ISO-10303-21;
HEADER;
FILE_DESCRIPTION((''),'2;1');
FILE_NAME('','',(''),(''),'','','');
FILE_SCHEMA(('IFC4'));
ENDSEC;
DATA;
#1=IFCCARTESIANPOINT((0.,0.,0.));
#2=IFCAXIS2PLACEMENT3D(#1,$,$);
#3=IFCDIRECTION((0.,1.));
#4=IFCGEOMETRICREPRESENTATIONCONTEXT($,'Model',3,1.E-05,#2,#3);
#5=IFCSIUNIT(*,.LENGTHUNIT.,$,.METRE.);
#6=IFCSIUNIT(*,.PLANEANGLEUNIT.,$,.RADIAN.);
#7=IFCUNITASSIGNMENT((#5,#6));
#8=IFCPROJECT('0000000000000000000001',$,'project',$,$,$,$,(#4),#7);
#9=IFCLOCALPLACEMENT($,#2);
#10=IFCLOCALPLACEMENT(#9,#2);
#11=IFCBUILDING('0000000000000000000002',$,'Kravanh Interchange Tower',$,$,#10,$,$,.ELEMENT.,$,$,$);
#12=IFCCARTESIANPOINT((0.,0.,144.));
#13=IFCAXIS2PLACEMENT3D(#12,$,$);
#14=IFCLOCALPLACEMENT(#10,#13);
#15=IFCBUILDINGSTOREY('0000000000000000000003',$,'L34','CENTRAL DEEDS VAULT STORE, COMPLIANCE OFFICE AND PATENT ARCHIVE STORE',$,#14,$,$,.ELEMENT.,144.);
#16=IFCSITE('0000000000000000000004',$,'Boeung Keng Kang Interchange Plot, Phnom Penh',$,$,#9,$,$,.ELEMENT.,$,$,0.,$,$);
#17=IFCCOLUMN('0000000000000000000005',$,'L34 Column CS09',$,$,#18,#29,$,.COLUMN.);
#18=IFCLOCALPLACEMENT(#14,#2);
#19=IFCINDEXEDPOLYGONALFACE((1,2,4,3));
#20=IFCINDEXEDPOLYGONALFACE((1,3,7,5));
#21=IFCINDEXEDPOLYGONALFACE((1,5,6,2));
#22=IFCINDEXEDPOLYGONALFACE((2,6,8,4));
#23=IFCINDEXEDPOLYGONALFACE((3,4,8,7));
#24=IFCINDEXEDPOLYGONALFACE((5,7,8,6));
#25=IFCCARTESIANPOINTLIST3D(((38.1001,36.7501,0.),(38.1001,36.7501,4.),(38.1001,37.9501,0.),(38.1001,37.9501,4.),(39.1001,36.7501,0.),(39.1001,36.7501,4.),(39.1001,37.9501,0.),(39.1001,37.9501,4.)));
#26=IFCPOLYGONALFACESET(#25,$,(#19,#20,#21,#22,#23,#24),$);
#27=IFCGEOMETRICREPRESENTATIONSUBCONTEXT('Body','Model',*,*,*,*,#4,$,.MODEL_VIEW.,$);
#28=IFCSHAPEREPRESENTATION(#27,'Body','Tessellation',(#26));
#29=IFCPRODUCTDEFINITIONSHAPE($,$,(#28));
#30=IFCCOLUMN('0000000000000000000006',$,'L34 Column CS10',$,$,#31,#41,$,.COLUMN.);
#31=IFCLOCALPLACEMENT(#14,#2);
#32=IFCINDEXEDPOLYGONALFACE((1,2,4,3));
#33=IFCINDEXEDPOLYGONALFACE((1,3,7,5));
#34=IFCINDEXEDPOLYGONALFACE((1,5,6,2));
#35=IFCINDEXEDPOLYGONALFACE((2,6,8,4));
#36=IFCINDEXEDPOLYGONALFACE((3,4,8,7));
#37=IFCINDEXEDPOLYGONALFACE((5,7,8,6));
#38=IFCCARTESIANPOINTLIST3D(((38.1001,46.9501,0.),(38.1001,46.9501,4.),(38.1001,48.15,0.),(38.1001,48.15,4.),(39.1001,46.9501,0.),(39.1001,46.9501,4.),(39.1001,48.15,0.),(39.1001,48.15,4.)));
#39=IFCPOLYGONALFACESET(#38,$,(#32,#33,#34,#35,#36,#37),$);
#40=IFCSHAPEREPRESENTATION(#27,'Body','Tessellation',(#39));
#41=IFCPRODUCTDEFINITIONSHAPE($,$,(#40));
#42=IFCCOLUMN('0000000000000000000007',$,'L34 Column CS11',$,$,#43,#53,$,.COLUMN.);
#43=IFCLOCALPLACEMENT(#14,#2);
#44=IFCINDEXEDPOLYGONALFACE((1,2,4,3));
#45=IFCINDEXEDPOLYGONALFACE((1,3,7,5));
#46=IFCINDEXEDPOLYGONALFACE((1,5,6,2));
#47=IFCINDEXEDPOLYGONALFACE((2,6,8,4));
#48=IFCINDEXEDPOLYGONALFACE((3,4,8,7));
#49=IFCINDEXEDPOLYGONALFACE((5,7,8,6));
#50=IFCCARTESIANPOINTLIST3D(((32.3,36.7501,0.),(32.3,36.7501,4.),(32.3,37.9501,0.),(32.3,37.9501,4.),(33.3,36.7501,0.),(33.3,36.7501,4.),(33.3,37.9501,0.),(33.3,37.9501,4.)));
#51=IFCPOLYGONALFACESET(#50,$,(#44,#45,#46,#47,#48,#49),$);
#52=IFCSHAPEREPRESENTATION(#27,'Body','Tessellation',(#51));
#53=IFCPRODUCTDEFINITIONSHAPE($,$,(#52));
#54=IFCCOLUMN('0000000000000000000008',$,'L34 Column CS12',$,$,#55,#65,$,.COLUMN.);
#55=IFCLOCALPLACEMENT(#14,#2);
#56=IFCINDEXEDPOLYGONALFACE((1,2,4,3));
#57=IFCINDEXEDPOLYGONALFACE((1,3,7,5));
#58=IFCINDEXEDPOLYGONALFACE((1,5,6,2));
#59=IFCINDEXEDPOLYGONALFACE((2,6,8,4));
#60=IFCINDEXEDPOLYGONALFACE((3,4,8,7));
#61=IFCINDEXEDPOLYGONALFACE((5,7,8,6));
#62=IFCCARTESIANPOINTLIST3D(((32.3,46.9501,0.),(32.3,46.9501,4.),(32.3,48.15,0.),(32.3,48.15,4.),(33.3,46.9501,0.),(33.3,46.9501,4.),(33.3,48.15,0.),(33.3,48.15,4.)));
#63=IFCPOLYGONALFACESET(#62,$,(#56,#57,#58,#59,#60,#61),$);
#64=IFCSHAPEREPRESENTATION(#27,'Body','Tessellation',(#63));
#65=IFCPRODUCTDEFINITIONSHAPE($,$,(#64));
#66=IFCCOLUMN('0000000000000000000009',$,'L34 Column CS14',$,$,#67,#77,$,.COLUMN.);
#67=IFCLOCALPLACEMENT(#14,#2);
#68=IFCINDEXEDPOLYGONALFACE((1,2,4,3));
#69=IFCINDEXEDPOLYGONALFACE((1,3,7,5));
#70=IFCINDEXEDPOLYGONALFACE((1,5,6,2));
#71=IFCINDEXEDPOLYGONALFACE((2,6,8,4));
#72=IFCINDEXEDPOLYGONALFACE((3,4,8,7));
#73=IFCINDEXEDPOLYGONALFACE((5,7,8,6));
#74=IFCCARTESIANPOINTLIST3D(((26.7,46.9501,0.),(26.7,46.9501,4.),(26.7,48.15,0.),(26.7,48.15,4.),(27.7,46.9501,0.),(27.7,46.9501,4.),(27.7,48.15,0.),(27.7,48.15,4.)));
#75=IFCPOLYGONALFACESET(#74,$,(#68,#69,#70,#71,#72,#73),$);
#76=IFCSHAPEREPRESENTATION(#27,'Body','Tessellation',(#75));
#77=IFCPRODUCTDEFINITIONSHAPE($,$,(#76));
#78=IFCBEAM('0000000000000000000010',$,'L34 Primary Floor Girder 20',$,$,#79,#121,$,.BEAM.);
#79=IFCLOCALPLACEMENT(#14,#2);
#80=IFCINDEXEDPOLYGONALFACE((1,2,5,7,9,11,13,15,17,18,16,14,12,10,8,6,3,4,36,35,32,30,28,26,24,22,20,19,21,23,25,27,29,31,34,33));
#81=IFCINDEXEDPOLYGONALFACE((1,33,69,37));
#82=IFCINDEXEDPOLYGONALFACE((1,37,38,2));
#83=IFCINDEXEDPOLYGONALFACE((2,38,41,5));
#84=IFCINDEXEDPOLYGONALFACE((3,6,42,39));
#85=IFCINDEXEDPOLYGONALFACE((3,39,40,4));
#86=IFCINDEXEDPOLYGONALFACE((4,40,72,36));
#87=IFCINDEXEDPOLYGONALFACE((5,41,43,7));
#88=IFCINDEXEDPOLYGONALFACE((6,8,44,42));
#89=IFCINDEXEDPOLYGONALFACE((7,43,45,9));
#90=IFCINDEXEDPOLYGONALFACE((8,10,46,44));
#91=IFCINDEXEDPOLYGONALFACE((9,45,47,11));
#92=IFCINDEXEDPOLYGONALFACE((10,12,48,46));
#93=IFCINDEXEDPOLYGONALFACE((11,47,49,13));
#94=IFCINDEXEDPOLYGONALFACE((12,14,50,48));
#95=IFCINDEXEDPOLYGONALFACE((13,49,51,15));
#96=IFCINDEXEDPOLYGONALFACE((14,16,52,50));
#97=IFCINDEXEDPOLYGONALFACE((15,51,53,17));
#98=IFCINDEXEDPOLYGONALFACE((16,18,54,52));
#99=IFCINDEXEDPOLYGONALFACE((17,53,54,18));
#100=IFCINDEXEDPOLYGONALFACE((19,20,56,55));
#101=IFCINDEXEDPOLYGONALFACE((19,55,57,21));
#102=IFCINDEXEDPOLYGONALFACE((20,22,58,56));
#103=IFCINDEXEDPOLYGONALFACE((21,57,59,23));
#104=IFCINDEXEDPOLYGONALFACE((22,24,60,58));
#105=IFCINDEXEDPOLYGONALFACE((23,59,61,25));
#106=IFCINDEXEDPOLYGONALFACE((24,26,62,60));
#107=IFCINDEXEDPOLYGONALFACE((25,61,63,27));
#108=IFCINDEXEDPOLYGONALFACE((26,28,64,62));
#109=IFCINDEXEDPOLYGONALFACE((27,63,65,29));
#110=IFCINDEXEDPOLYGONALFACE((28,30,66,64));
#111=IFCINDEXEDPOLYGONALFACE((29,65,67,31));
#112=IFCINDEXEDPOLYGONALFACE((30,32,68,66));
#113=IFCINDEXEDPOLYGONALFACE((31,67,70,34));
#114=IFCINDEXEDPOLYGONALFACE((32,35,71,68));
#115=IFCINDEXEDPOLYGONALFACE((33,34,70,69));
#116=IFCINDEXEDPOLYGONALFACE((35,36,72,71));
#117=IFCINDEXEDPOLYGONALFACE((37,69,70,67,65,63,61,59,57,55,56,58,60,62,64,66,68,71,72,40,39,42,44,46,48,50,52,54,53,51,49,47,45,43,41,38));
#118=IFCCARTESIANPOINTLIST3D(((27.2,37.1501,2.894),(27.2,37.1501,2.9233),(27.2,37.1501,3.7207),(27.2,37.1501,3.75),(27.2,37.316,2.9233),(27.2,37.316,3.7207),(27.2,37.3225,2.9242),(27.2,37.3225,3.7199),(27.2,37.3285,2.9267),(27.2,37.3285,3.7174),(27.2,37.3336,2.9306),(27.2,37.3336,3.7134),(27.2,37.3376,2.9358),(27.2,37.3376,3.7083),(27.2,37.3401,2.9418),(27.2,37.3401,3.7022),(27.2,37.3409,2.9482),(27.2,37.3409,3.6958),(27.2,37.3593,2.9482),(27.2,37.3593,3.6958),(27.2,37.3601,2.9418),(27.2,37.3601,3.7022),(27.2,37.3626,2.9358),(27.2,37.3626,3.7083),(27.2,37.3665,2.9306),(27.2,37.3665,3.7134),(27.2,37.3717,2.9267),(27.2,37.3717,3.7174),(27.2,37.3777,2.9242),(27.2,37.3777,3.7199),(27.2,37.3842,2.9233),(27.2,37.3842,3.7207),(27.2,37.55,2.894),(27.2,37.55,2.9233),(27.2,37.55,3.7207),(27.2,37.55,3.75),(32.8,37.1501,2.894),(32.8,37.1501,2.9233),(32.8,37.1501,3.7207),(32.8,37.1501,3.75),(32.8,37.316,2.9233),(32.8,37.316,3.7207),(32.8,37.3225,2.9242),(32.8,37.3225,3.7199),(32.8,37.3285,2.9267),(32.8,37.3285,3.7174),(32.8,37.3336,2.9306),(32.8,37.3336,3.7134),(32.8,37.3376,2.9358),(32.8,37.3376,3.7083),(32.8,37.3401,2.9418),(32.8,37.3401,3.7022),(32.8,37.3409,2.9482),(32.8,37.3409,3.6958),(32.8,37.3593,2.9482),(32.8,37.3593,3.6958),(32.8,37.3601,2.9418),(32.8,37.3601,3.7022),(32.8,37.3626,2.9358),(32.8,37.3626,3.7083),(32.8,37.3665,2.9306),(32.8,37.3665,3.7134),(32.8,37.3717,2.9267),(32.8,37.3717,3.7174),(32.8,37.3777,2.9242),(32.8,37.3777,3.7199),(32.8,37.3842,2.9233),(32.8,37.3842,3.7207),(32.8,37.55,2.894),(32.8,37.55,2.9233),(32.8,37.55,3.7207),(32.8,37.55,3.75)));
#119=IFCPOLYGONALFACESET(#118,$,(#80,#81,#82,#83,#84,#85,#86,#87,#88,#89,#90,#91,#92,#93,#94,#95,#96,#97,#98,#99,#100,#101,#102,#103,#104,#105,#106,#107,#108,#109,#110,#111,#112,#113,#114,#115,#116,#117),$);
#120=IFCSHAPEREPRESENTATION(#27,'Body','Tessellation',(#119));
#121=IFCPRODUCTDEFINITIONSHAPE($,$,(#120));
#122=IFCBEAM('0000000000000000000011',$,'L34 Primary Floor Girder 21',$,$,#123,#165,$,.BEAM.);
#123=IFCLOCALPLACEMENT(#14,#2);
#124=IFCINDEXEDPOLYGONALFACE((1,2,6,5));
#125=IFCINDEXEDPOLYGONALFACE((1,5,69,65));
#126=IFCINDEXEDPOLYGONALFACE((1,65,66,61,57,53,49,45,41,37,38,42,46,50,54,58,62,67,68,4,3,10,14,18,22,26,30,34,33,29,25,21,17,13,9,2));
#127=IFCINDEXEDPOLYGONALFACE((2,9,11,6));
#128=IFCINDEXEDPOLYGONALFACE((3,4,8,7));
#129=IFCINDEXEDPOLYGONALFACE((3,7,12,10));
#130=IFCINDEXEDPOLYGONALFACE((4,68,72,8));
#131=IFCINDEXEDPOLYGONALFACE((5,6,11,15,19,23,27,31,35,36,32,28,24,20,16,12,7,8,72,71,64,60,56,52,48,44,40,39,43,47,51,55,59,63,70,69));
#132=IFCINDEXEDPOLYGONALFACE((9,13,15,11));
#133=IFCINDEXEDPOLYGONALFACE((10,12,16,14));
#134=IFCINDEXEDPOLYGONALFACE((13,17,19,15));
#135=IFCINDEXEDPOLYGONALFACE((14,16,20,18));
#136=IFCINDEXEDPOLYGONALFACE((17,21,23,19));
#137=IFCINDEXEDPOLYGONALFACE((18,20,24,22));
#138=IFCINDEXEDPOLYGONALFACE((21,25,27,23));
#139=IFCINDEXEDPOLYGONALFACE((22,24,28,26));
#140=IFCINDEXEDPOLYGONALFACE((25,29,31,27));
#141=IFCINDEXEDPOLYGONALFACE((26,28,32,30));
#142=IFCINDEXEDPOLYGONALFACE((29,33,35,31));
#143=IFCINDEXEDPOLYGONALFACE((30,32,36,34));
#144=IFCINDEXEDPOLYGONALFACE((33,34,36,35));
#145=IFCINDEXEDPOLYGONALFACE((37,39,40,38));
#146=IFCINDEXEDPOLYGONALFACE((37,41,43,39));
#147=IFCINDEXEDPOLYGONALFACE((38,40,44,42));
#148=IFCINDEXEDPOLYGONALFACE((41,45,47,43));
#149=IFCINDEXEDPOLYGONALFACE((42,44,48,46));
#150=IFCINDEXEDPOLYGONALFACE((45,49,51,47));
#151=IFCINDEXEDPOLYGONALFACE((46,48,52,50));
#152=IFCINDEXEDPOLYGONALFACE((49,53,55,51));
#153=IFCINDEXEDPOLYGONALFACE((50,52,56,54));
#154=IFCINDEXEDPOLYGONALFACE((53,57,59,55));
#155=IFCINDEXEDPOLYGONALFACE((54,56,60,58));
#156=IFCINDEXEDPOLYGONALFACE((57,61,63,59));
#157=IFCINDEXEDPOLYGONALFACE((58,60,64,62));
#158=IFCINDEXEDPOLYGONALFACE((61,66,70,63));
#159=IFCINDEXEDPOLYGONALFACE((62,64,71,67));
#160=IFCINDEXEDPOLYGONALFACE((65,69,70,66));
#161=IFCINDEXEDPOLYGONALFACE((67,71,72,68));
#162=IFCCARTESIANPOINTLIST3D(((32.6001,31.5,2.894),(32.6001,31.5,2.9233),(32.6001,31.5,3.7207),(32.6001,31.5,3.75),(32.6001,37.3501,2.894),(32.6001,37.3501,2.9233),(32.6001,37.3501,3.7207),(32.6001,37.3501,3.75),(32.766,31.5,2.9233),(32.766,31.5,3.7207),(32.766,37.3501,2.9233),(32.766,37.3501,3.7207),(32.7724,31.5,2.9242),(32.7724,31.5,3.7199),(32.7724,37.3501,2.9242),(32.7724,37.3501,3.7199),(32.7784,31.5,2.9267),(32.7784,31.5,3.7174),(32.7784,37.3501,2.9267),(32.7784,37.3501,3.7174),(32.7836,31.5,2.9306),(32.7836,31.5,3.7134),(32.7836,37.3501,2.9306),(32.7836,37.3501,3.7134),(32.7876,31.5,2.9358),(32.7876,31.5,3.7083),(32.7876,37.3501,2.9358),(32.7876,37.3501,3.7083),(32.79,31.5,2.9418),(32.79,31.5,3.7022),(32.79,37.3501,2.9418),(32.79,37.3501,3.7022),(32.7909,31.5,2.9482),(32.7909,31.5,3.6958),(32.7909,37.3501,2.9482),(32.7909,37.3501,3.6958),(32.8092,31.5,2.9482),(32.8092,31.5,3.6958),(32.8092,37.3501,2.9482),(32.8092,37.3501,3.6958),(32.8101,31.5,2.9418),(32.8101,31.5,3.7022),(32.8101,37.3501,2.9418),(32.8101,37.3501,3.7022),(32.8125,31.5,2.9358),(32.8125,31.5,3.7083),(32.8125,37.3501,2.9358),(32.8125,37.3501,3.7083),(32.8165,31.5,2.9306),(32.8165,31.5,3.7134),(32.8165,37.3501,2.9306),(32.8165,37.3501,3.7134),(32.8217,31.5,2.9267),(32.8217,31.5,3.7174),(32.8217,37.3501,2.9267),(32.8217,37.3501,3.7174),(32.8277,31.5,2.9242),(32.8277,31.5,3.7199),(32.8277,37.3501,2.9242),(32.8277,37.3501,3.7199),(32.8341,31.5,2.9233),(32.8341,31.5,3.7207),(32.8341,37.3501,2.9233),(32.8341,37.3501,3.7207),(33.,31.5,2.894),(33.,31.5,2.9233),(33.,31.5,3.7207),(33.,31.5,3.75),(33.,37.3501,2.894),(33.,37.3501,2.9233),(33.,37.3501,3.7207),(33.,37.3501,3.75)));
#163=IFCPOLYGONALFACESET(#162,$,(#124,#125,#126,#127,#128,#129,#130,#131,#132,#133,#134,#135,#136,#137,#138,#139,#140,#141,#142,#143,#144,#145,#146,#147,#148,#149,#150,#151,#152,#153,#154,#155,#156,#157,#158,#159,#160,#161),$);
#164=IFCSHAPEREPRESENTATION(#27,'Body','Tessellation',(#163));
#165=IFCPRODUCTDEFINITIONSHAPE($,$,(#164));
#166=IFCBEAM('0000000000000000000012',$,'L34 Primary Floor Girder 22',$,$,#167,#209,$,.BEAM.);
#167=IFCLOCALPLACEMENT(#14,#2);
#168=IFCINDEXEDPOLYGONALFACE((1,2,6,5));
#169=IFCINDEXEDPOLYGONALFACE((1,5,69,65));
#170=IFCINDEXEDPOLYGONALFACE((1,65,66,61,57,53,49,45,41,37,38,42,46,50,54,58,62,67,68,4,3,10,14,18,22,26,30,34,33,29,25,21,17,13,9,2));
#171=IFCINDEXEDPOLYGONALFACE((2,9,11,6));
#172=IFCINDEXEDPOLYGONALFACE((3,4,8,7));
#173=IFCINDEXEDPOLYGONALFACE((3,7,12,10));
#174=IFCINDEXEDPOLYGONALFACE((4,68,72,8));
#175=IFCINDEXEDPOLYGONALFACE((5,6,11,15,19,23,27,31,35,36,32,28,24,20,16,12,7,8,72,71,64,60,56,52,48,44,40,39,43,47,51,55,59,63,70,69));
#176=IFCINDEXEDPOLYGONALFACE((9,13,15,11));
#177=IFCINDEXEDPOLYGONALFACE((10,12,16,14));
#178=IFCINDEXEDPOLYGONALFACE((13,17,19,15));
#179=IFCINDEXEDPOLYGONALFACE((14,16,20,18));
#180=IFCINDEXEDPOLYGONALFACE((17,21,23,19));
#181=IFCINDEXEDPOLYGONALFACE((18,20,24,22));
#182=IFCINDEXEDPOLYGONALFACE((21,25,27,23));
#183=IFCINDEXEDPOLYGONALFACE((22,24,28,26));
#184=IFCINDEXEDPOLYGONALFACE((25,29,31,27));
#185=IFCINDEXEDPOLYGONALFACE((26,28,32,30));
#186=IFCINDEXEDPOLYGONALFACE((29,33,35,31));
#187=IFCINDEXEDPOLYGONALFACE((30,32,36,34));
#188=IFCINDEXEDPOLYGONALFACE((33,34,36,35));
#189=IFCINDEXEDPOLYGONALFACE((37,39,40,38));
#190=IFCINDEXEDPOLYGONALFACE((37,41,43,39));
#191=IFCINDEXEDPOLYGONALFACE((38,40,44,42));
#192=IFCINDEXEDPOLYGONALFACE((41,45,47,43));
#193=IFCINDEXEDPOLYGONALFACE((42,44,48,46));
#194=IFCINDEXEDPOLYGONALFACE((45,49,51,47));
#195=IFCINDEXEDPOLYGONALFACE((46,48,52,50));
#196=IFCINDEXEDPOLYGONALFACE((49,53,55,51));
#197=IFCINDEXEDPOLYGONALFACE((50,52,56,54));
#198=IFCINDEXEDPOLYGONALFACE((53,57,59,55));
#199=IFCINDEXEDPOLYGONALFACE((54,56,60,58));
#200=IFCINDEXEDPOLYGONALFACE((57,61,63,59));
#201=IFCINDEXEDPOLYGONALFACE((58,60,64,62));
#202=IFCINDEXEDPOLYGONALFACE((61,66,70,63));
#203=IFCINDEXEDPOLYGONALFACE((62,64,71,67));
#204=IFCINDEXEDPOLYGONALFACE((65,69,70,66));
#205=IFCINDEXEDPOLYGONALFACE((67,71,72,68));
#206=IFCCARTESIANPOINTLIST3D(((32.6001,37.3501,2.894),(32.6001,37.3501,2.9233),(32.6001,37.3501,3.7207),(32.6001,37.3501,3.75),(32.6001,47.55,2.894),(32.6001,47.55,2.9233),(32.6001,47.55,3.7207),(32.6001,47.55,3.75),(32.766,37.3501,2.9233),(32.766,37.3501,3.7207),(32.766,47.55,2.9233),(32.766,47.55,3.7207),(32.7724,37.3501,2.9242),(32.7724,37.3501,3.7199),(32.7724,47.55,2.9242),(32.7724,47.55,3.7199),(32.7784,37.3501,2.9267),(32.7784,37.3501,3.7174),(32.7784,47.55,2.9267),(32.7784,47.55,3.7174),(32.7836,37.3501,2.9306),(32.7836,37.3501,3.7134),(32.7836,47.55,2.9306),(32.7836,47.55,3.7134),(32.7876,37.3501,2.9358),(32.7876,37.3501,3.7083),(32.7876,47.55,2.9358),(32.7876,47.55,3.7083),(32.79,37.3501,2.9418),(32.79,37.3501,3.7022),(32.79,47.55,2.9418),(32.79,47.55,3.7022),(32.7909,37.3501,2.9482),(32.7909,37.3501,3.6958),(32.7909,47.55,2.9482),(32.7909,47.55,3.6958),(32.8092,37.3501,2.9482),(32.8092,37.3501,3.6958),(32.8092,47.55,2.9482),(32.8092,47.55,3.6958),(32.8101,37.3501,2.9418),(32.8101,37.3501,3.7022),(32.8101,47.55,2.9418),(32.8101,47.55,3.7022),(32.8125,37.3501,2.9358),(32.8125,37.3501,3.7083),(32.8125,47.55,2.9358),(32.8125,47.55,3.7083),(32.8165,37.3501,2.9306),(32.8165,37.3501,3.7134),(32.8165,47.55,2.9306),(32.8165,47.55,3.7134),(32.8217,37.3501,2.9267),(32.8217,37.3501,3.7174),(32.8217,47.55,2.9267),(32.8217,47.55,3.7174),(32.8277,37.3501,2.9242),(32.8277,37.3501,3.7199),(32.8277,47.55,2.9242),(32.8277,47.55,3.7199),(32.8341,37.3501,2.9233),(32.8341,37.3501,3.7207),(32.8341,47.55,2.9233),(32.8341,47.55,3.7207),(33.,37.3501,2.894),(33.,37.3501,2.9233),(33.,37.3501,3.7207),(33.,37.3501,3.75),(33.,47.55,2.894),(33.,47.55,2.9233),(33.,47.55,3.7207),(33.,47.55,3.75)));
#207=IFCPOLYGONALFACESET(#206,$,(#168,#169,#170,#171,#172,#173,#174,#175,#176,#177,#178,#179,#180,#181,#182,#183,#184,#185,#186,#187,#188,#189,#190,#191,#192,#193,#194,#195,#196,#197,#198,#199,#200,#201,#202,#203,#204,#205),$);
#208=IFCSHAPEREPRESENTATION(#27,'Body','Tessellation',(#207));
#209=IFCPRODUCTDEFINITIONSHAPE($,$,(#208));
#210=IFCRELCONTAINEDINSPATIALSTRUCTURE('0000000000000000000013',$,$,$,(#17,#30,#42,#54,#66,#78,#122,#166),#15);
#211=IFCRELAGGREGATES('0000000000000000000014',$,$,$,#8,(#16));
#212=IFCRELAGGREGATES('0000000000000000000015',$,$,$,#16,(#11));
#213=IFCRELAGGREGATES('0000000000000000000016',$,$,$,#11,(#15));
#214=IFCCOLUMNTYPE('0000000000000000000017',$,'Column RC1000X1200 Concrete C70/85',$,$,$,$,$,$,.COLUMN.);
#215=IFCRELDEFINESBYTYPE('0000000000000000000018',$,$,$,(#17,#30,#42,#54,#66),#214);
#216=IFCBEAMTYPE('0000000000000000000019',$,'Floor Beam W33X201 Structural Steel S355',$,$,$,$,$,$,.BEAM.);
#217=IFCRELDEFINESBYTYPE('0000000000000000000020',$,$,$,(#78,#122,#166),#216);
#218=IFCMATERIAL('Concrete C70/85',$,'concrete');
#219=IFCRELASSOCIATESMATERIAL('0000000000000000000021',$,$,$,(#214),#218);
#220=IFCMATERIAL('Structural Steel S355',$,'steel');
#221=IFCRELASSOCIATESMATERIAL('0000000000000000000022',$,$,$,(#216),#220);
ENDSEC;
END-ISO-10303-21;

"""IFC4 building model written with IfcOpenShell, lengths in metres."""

from ifc_helpers import new_model, si_unit, direction, frame, origin, origin_2d, place, context, subcontext, project, spatial, rectangle, i_section, extrude, material, material_profile, profile_set, type_object, element, save


model = new_model("IFC4")

# Units and contexts
model_context = context("Model", 3, precision=1e-05, world=origin(), true_north=direction((0.0, 1.0)))
body_context = subcontext(model_context, "Body", "Model", "MODEL_VIEW")
ifc_project = project(units=[si_unit("LENGTHUNIT", "METRE"), si_unit("PLANEANGLEUNIT", "RADIAN")], contexts=[model_context])

# Site, building, storey
site_placement = place(None, origin())
site = spatial("IfcSite", under=ifc_project, at=site_placement, Name="Boeung Keng Kang Interchange Plot, Phnom Penh", CompositionType="ELEMENT", RefElevation=0.0)
building_placement = place(site_placement, origin())
building = spatial("IfcBuilding", under=site, at=building_placement, Name="Kravanh Interchange Tower", CompositionType="ELEMENT")
storey_placement = place(building_placement, frame((0.0, 0.0, 144.0)))
storey = spatial("IfcBuildingStorey", under=building, at=storey_placement, Name="L34", Description="CENTRAL DEEDS VAULT STORE, COMPLIANCE OFFICE AND PATENT ARCHIVE STORE", CompositionType="ELEMENT", Elevation=144.0)

# Columns
ifc_material_1 = material(Name="Concrete C70/85", Category="concrete")
ifc_material_profile_1 = material_profile(ifc_material_1, rectangle(XDim=1.0, YDim=1.2, at=origin_2d()), Name="RC1000X1200")
ifc_profile_set_1 = profile_set([ifc_material_profile_1], Name="Concrete C70/85")
column_type = type_object("IfcColumnType", Name="Column RC1000X1200 Concrete C70/85", PredefinedType="COLUMN", material=ifc_profile_set_1)
for number, where, z_axis, x_axis, name in (
    (1, (38.6001, 37.3501, 0.0), (0.0, 0.0, 1.0), (1.0, 0.0, 0.0), "L34 Column CS09"),
    (2, (38.6001, 47.55, 0.0), (0.0, 0.0, 1.0), (1.0, 0.0, 0.0), "L34 Column CS10"),
    (3, (32.8, 37.3501, 0.0), (0.0, 0.0, 1.0), (1.0, 0.0, 0.0), "L34 Column CS11"),
    (4, (32.8, 47.55, 0.0), (0.0, 0.0, 1.0), (1.0, 0.0, 0.0), "L34 Column CS12"),
    (5, (27.2, 47.55, 0.0), (0.0, 0.0, 1.0), (1.0, 0.0, 0.0), "L34 Column CS14"),
):
    element("IfcColumn", number, at=place(storey_placement, frame(where, z_axis=z_axis, x_axis=x_axis)), inside=storey, type_object=column_type, Name=name, PredefinedType="COLUMN", context=body_context, shape_type="SweptSolid", body=[
        extrude(rectangle(XDim=1.0, YDim=1.2, at=origin_2d()), origin(), (0.0, 0.0, 1.0), 4.0),
    ])

# Beams
ifc_material_2 = material(Name="Structural Steel S355", Category="steel")
ifc_material_profile_2 = material_profile(ifc_material_2, i_section(OverallWidth=0.3999, OverallDepth=0.856, WebThickness=0.0183, FlangeThickness=0.0293, FilletRadius=0.0249, at=origin_2d()), Name="W33X201")
ifc_profile_set_2 = profile_set([ifc_material_profile_2], Name="Structural Steel S355")
beam_type = type_object("IfcBeamType", Name="Floor Beam W33X201 Structural Steel S355", PredefinedType="BEAM", material=ifc_profile_set_2)
beam_1_placement = place(storey_placement, frame((32.8, 37.3501, 3.322), z_axis=(-1.0, 0.0, 0.0), x_axis=(0.0, -1.0, 0.0)))
element("IfcBeam", 6, at=beam_1_placement, inside=storey, type_object=beam_type, Name="L34 Primary Floor Girder 20", PredefinedType="BEAM", context=body_context, shape_type="SweptSolid", body=[
    extrude(i_section(OverallWidth=0.3999, OverallDepth=0.856, WebThickness=0.0183, FlangeThickness=0.0293, FilletRadius=0.0249, at=origin_2d()), origin(), (0.0, 0.0, 1.0), 5.6001),
])
beam_2_placement = place(storey_placement, frame((32.8, 37.3501, 3.322), z_axis=(0.0, -1.0, 0.0), x_axis=(1.0, 0.0, 0.0)))
element("IfcBeam", 7, at=beam_2_placement, inside=storey, type_object=beam_type, Name="L34 Primary Floor Girder 21", PredefinedType="BEAM", context=body_context, shape_type="SweptSolid", body=[
    extrude(i_section(OverallWidth=0.3999, OverallDepth=0.856, WebThickness=0.0183, FlangeThickness=0.0293, FilletRadius=0.0249, at=origin_2d()), origin(), (0.0, 0.0, 1.0), 5.8501),
])
beam_3_placement = place(storey_placement, frame((32.8, 37.3501, 3.322), z_axis=(0.0, 1.0, 0.0), x_axis=(-1.0, 0.0, 0.0)))
element("IfcBeam", 8, at=beam_3_placement, inside=storey, type_object=beam_type, Name="L34 Primary Floor Girder 22", PredefinedType="BEAM", context=body_context, shape_type="SweptSolid", body=[
    extrude(i_section(OverallWidth=0.3999, OverallDepth=0.856, WebThickness=0.0183, FlangeThickness=0.0293, FilletRadius=0.0249, at=origin_2d()), origin(), (0.0, 0.0, 1.0), 10.2),
])

save(model, "model.ifc")
